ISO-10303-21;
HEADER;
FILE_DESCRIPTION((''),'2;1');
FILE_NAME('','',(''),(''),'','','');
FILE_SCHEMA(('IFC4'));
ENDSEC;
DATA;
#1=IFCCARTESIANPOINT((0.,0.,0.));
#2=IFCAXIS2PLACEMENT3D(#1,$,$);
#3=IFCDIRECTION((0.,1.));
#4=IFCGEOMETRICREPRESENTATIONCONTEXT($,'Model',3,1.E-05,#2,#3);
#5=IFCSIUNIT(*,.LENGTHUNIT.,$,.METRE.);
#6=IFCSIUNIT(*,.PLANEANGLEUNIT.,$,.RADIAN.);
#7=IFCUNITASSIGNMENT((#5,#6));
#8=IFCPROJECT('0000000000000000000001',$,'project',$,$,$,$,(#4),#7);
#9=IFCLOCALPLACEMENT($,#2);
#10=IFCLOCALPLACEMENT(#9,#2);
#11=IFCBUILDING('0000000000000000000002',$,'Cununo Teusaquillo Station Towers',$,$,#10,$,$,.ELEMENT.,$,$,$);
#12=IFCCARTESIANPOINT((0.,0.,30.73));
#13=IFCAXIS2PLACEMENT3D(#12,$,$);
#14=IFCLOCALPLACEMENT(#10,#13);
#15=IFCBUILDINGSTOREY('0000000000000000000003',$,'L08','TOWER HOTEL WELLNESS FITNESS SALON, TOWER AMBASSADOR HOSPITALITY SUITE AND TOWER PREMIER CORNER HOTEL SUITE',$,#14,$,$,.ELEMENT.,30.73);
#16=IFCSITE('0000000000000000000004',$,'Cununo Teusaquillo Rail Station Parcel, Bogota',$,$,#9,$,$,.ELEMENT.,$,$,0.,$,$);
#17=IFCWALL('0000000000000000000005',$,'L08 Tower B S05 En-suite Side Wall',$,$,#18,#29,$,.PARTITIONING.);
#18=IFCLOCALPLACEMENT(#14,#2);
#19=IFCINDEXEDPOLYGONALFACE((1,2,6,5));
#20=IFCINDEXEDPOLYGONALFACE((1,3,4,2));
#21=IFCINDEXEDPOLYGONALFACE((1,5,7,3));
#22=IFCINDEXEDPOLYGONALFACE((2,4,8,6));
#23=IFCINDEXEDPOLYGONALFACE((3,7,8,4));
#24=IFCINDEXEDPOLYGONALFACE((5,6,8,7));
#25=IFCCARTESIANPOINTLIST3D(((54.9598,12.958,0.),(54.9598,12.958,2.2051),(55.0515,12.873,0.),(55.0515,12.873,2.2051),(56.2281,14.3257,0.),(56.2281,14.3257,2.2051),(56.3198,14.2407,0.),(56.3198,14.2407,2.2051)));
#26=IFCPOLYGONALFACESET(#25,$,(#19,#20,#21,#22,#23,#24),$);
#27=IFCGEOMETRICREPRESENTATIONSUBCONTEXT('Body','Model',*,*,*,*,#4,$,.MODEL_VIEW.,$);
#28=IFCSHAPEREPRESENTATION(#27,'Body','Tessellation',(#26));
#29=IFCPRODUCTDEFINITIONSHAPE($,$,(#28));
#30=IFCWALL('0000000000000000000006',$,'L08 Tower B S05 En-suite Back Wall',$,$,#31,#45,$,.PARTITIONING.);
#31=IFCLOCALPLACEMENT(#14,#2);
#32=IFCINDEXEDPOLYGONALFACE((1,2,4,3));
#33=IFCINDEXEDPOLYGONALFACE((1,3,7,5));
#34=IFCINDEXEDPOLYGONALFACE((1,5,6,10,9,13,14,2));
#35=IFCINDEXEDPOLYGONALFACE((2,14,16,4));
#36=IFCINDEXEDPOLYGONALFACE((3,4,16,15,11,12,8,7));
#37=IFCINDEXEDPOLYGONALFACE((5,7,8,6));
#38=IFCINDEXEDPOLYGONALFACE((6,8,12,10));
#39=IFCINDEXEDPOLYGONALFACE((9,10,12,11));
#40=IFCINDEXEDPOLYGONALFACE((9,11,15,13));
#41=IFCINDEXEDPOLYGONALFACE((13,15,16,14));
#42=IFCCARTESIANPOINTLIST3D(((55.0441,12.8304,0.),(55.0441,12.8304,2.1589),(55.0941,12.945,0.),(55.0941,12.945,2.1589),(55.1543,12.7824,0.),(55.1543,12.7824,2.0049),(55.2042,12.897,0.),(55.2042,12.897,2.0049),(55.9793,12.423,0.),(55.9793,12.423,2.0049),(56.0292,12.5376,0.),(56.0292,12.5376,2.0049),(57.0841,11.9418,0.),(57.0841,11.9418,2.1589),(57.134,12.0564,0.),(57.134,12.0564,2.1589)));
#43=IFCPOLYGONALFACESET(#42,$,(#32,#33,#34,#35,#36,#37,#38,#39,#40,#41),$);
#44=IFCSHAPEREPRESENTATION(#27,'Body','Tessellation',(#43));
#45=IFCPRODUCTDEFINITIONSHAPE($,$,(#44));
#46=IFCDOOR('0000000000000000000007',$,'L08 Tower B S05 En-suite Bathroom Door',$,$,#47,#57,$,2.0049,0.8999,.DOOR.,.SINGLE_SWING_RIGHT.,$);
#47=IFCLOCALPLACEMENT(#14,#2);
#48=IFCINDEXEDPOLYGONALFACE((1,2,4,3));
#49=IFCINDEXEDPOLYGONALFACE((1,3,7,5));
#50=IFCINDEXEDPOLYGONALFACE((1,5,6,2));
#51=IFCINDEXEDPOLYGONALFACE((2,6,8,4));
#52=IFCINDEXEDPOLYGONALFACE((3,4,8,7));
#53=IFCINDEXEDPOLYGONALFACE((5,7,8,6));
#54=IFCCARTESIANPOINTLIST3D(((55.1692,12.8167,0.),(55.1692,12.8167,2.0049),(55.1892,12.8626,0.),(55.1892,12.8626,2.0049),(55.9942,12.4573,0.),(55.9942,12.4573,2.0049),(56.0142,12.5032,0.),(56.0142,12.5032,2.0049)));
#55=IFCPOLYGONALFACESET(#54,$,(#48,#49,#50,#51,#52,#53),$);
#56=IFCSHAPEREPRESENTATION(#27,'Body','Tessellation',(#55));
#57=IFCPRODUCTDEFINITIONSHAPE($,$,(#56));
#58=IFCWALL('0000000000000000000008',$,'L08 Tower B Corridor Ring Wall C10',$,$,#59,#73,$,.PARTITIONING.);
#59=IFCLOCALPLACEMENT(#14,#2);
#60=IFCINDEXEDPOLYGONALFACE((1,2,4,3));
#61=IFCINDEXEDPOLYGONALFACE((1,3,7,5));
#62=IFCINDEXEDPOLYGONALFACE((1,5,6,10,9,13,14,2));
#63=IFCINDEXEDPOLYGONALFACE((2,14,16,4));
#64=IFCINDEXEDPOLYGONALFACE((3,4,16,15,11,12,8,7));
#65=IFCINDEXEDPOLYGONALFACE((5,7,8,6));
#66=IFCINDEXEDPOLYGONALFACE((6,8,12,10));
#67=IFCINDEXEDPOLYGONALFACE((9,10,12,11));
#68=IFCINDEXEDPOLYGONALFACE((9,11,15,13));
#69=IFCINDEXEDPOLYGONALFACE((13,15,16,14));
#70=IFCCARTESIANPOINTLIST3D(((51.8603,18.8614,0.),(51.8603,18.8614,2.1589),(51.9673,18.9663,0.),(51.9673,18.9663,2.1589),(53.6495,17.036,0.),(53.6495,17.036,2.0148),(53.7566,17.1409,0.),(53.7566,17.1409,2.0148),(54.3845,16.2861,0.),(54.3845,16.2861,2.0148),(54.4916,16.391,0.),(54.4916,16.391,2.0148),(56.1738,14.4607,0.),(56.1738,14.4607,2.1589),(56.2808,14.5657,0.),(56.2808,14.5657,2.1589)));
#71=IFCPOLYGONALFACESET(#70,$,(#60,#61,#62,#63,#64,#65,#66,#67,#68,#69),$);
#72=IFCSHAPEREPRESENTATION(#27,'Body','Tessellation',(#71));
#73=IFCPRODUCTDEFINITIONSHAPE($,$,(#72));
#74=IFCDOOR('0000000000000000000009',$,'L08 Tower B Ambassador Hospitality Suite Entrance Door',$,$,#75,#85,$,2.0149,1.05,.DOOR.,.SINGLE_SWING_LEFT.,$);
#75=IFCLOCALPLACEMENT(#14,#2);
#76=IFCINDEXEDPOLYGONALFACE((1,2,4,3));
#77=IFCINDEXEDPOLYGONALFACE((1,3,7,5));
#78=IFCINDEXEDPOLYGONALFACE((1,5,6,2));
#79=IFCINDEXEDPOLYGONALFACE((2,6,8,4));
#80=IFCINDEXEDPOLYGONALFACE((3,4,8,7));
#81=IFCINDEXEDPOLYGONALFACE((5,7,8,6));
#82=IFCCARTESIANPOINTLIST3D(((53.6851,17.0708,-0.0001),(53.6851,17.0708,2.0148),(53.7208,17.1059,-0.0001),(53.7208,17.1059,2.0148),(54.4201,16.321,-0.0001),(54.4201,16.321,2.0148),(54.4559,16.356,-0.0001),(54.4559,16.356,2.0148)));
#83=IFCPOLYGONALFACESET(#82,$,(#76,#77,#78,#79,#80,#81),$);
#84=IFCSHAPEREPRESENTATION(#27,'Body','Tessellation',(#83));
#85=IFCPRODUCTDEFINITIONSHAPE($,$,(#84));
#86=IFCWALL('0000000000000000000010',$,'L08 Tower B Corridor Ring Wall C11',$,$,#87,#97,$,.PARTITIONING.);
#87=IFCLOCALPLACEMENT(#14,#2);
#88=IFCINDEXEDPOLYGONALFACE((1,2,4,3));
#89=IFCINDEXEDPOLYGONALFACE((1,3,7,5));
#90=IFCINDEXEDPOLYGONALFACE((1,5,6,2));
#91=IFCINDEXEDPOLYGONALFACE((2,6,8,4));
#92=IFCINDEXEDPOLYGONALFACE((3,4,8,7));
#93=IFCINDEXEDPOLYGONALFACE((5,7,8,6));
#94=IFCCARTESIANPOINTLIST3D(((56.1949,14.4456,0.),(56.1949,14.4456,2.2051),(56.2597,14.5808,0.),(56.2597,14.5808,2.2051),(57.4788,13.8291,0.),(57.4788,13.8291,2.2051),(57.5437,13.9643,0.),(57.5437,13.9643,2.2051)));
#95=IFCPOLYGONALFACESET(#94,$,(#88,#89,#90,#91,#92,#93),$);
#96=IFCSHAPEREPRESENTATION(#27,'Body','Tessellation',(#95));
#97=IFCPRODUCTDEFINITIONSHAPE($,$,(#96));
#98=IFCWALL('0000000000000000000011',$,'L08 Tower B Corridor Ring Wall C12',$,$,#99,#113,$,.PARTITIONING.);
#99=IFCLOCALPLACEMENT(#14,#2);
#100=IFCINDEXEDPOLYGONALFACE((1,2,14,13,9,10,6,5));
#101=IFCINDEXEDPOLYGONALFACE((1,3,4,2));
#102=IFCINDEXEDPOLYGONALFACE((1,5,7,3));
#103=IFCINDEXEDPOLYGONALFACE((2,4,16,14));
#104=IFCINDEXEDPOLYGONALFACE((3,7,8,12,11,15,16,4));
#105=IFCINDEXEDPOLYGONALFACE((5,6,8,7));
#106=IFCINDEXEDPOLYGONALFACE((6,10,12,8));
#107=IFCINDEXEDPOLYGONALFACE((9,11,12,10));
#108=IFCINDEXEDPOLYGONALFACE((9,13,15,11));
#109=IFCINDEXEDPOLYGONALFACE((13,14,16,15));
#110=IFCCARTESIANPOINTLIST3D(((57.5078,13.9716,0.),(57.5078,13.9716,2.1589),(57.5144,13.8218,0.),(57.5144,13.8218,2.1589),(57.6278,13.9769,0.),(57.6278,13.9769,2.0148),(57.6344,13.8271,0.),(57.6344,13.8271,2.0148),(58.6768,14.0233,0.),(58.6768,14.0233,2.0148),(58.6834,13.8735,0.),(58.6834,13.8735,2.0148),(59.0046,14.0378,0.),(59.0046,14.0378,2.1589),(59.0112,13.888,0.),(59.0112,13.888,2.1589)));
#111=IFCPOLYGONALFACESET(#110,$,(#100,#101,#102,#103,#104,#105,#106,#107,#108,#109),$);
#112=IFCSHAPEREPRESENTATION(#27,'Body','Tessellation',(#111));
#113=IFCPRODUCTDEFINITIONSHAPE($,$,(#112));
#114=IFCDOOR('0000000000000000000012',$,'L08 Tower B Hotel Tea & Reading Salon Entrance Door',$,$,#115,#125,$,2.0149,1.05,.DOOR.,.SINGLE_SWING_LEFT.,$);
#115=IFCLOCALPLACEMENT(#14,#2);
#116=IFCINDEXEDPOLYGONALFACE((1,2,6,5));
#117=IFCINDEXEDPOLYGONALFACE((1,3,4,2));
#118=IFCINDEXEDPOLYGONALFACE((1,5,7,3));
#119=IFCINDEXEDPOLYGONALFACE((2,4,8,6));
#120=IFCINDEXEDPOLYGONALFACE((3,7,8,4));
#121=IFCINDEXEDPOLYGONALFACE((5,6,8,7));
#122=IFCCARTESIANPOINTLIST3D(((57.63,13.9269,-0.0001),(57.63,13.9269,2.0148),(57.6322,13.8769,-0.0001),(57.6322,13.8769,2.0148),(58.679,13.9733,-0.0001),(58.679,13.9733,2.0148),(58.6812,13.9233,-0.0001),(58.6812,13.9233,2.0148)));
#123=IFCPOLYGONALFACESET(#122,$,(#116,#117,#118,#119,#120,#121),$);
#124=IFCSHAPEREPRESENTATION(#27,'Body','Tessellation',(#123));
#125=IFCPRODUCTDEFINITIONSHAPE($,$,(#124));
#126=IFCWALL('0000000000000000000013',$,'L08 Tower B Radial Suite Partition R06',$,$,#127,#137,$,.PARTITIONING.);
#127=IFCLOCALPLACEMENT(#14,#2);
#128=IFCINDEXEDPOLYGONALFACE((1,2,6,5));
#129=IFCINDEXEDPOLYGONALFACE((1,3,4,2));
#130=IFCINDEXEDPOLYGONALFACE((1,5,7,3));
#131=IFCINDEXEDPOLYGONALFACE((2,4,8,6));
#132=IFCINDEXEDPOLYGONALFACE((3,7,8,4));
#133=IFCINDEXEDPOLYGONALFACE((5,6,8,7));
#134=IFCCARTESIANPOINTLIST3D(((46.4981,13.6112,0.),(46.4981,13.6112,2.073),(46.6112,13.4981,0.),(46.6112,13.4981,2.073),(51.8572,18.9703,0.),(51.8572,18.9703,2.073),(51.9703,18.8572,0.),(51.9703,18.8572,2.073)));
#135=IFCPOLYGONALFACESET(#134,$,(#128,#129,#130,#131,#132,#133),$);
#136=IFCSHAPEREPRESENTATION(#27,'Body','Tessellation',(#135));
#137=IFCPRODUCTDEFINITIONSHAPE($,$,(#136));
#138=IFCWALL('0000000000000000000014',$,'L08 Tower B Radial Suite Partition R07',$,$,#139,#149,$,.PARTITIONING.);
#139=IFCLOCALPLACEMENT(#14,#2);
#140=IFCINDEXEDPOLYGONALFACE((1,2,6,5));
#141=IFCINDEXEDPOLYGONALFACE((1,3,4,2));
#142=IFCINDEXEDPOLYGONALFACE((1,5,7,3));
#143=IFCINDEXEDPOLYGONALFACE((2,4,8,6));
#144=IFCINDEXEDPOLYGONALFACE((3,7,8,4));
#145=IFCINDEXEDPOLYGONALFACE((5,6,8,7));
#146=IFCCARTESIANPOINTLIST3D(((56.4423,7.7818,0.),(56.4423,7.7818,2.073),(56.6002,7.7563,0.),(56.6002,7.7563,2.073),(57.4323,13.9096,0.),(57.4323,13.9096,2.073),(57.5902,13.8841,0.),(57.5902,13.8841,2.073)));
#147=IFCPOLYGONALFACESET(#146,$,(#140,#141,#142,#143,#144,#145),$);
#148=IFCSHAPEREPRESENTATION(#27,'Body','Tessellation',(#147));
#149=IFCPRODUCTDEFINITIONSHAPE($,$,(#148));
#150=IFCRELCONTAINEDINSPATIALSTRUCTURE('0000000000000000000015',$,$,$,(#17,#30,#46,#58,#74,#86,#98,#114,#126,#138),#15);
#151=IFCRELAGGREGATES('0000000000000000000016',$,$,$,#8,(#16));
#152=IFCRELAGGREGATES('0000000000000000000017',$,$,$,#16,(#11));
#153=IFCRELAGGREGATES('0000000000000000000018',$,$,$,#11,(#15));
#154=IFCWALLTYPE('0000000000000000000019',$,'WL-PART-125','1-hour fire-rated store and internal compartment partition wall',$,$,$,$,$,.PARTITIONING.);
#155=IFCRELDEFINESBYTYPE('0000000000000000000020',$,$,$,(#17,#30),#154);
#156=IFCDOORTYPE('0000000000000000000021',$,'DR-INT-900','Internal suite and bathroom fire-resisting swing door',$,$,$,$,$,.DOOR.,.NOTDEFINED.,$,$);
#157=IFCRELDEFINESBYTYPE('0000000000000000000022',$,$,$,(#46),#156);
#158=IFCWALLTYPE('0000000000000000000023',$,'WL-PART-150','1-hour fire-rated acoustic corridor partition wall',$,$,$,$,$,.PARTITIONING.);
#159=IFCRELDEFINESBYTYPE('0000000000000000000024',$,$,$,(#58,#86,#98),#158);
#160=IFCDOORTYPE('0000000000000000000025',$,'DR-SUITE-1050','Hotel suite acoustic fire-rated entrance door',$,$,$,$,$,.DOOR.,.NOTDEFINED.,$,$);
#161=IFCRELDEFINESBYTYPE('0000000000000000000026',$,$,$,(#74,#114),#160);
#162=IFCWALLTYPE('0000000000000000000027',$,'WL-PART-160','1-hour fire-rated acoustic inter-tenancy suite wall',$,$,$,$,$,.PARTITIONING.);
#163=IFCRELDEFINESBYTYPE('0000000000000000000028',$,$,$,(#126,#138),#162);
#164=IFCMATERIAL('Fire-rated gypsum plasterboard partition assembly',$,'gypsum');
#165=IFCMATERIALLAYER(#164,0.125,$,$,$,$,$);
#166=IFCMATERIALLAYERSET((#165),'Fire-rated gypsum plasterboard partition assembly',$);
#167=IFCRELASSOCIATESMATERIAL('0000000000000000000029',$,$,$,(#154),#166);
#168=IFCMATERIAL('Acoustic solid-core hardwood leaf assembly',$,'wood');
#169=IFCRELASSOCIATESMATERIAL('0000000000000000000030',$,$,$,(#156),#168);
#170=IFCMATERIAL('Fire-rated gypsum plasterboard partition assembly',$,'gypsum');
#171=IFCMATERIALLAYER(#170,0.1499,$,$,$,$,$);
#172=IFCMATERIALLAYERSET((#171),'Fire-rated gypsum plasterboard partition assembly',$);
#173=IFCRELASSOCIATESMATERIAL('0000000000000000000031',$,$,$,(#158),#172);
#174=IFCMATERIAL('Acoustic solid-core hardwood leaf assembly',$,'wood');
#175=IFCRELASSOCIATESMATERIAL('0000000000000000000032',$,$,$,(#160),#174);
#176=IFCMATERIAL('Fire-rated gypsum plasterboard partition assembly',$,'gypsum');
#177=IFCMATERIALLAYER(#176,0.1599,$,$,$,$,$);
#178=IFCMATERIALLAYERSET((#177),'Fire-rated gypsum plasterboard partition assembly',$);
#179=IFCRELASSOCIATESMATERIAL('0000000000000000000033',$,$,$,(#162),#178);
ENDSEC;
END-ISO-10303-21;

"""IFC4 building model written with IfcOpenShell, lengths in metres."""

from ifc_helpers import new_model, si_unit, direction, frame, frame_2d, origin, place, context, subcontext, project, spatial, rectangle, extrude, source, transform, mapped, material, layer, layer_set, type_object, element, fill, save


model = new_model("IFC4")

# Units and contexts
model_context = context("Model", 3, precision=1e-05, world=origin(), true_north=direction((0.0, 1.0)))
body_context = subcontext(model_context, "Body", "Model", "MODEL_VIEW")
ifc_project = project(units=[si_unit("LENGTHUNIT", "METRE"), si_unit("PLANEANGLEUNIT", "RADIAN")], contexts=[model_context])

# Site, building, storey
site_placement = place(None, origin())
site = spatial("IfcSite", under=ifc_project, at=site_placement, Name="Cununo Teusaquillo Rail Station Parcel, Bogota", CompositionType="ELEMENT", RefElevation=0.0)
building_placement = place(site_placement, origin())
building = spatial("IfcBuilding", under=site, at=building_placement, Name="Cununo Teusaquillo Station Towers", CompositionType="ELEMENT")
storey_placement = place(building_placement, frame((0.0, 0.0, 30.73)))
storey = spatial("IfcBuildingStorey", under=building, at=storey_placement, Name="L08", Description="TOWER HOTEL WELLNESS FITNESS SALON, TOWER AMBASSADOR HOSPITALITY SUITE AND TOWER PREMIER CORNER HOTEL SUITE", CompositionType="ELEMENT", Elevation=30.73)

# Wall
ifc_material_1 = material(Name="Fire-rated gypsum plasterboard partition assembly", Category="gypsum")
ifc_layer_1 = layer(ifc_material_1, 0.125)
ifc_layer_set_1 = layer_set([ifc_layer_1], Name="Fire-rated gypsum plasterboard partition assembly")
wall_type_1 = type_object("IfcWallType", Name="WL-PART-125", Description="1-hour fire-rated store and internal compartment partition wall", PredefinedType="PARTITIONING", material=ifc_layer_set_1)
wall_1_placement = place(storey_placement, frame((56.2739, 14.2832, 0.0), z_axis=(0.0, 0.0, 1.0), x_axis=(-0.679969, -0.733241, 0.0)))
element("IfcWall", 1, at=wall_1_placement, inside=storey, type_object=wall_type_1, Name="L08 Tower B S05 En-suite Side Wall", PredefinedType="PARTITIONING", context=body_context, shape_type="SweptSolid", body=[
    extrude(rectangle(XDim=1.8652, YDim=0.125, at=frame_2d((0.9326, 0.0))), origin(), (0.0, 0.0, 1.0), 2.2051),
])

# Walls, openings, doors
wall_2_placement = place(storey_placement, frame((55.0691, 12.8877, 0.0), z_axis=(0.0, 0.0, 1.0), x_axis=(0.916791, -0.399368, 0.0)))
wall_2 = element("IfcWall", 2, at=wall_2_placement, inside=storey, type_object=wall_type_1, Name="L08 Tower B S05 En-suite Back Wall", PredefinedType="PARTITIONING", context=body_context, shape_type="SweptSolid", body=[
    extrude(rectangle(XDim=2.2251, YDim=0.125, at=frame_2d((1.1125, 0.0))), origin(), (0.0, 0.0, 1.0), 2.1589),
])
shared_shape_1 = source(origin(), body_context, "Body", "SweptSolid", [
    extrude(rectangle(XDim=0.8999, YDim=2.0049, at=frame_2d((0.45, 1.0024))), frame((0.0, 0.0725, 0.0), z_axis=(0.0, -1.0, 0.0), x_axis=(1.0, 0.0, 0.0)), (0.0, 0.0, 1.0), 0.145),
])
opening_1_placement = place(wall_2_placement, frame((0.1201, 0.0, 0.0)))
opening_1 = element("IfcOpeningElement", 3, at=opening_1_placement, cuts=wall_2, PredefinedType="OPENING", context=body_context, shape_type="MappedRepresentation", body=[
    mapped(shared_shape_1, transform((0.0, 0.0, 0.0), x_axis=(1.0, 0.0, 0.0), y_axis=(0.0, 1.0, 0.0), z_axis=(0.0, 0.0, 1.0), scale=1.0)),
])
ifc_material_2 = material(Name="Acoustic solid-core hardwood leaf assembly", Category="wood")
door_type_1 = type_object("IfcDoorType", Name="DR-INT-900", Description="Internal suite and bathroom fire-resisting swing door", OperationType="NOTDEFINED", PredefinedType="DOOR", material=ifc_material_2)
shared_shape_2 = source(origin(), body_context, "Body", "SweptSolid", [
    extrude(rectangle(XDim=0.8999, YDim=2.0049, at=frame_2d((0.45, 1.0024))), frame((0.0, 0.0249, 0.0), z_axis=(0.0, -1.0, 0.0), x_axis=(1.0, 0.0, 0.0)), (0.0, 0.0, 1.0), 0.05),
])
door_1_placement = place(opening_1_placement, origin())
door_1 = element("IfcDoor", 4, at=door_1_placement, inside=storey, type_object=door_type_1, Name="L08 Tower B S05 En-suite Bathroom Door", OperationType="SINGLE_SWING_RIGHT", OverallHeight=2.0049, OverallWidth=0.8999, PredefinedType="DOOR", context=body_context, shape_type="MappedRepresentation", body=[
    mapped(shared_shape_2, transform((0.0, 0.0, 0.0), x_axis=(1.0, 0.0, 0.0), y_axis=(0.0, 1.0, 0.0), z_axis=(0.0, 0.0, 1.0), scale=1.0)),
])
fill(opening_1, door_1)
ifc_material_3 = material(Name="Fire-rated gypsum plasterboard partition assembly", Category="gypsum")
ifc_layer_2 = layer(ifc_material_3, 0.1499)
ifc_layer_set_2 = layer_set([ifc_layer_2], Name="Fire-rated gypsum plasterboard partition assembly")
wall_type_2 = type_object("IfcWallType", Name="WL-PART-150", Description="1-hour fire-rated acoustic corridor partition wall", PredefinedType="PARTITIONING", material=ifc_layer_set_2)
wall_3_placement = place(storey_placement, frame((51.9138, 18.9138, 0.0), z_axis=(0.0, 0.0, 1.0), x_axis=(0.699999, -0.714144, 0.0)))
wall_3 = element("IfcWall", 5, at=wall_3_placement, inside=storey, type_object=wall_type_2, Name="L08 Tower B Corridor Ring Wall C10", PredefinedType="PARTITIONING", context=body_context, shape_type="SweptSolid", body=[
    extrude(rectangle(XDim=6.1621, YDim=0.1499, at=frame_2d((3.0811, 0.0))), origin(), (0.0, 0.0, 1.0), 2.1589),
])
shared_shape_3 = source(origin(), body_context, "Body", "SweptSolid", [
    extrude(rectangle(XDim=1.05, YDim=2.0149, at=frame_2d((0.5249, 1.0073))), frame((0.0, 0.085, 0.0), z_axis=(0.0, -1.0, 0.0), x_axis=(1.0, 0.0, 0.0)), (0.0, 0.0, 1.0), 0.1699),
])
opening_2_placement = place(wall_3_placement, frame((2.5562, 0.0, 0.0)))
opening_2 = element("IfcOpeningElement", 6, at=opening_2_placement, cuts=wall_3, PredefinedType="OPENING", context=body_context, shape_type="MappedRepresentation", body=[
    mapped(shared_shape_3, transform((0.0, 0.0, 0.0), x_axis=(1.0, 0.0, 0.0), y_axis=(0.0, 1.0, 0.0), z_axis=(0.0, 0.0, 1.0), scale=1.0)),
])
ifc_material_4 = material(Name="Acoustic solid-core hardwood leaf assembly", Category="wood")
door_type_2 = type_object("IfcDoorType", Name="DR-SUITE-1050", Description="Hotel suite acoustic fire-rated entrance door", OperationType="NOTDEFINED", PredefinedType="DOOR", material=ifc_material_4)
shared_shape_4 = source(origin(), body_context, "Body", "SweptSolid", [
    extrude(rectangle(XDim=1.05, YDim=2.0149, at=frame_2d((0.5249, 1.0073))), frame((0.0, 0.0249, 0.0), z_axis=(0.0, -1.0, 0.0), x_axis=(1.0, 0.0, 0.0)), (0.0, 0.0, 1.0), 0.05),
])
door_2_placement = place(opening_2_placement, origin())
door_2 = element("IfcDoor", 7, at=door_2_placement, inside=storey, type_object=door_type_2, Name="L08 Tower B Ambassador Hospitality Suite Entrance Door", OperationType="SINGLE_SWING_LEFT", OverallHeight=2.0149, OverallWidth=1.05, PredefinedType="DOOR", context=body_context, shape_type="MappedRepresentation", body=[
    mapped(shared_shape_4, transform((0.0, 0.0, 0.0), x_axis=(1.0, 0.0, 0.0), y_axis=(0.0, 1.0, 0.0), z_axis=(0.0, 0.0, 1.0), scale=1.0)),
])
fill(opening_2, door_2)

# Wall
wall_4_placement = place(storey_placement, frame((56.2273, 14.5132, 0.0), z_axis=(0.0, 0.0, 1.0), x_axis=(0.901478, -0.432826, 0.0)))
element("IfcWall", 8, at=wall_4_placement, inside=storey, type_object=wall_type_2, Name="L08 Tower B Corridor Ring Wall C11", PredefinedType="PARTITIONING", context=body_context, shape_type="SweptSolid", body=[
    extrude(rectangle(XDim=1.4243, YDim=0.1499, at=frame_2d((0.7122, 0.0))), origin(), (0.0, 0.0, 1.0), 2.2051),
])

# Wall, opening, door
wall_5_placement = place(storey_placement, frame((57.5112, 13.8967, 0.0), z_axis=(0.0, 0.0, 1.0), x_axis=(0.999025, 0.044158, 0.0)))
wall_5 = element("IfcWall", 9, at=wall_5_placement, inside=storey, type_object=wall_type_2, Name="L08 Tower B Corridor Ring Wall C12", PredefinedType="PARTITIONING", context=body_context, shape_type="SweptSolid", body=[
    extrude(rectangle(XDim=1.4983, YDim=0.1499, at=frame_2d((0.749, 0.0))), origin(), (0.0, 0.0, 1.0), 2.1589),
])
opening_3_placement = place(wall_5_placement, frame((0.1201, 0.0, 0.0)))
opening_3 = element("IfcOpeningElement", 10, at=opening_3_placement, cuts=wall_5, PredefinedType="OPENING", context=body_context, shape_type="MappedRepresentation", body=[
    mapped(shared_shape_3, transform((0.0, 0.0, 0.0), x_axis=(1.0, 0.0, 0.0), y_axis=(0.0, 1.0, 0.0), z_axis=(0.0, 0.0, 1.0), scale=1.0)),
])
door_3_placement = place(opening_3_placement, origin())
door_3 = element("IfcDoor", 11, at=door_3_placement, inside=storey, type_object=door_type_2, Name="L08 Tower B Hotel Tea & Reading Salon Entrance Door", OperationType="SINGLE_SWING_LEFT", OverallHeight=2.0149, OverallWidth=1.05, PredefinedType="DOOR", context=body_context, shape_type="MappedRepresentation", body=[
    mapped(shared_shape_4, transform((0.0, 0.0, 0.0), x_axis=(1.0, 0.0, 0.0), y_axis=(0.0, 1.0, 0.0), z_axis=(0.0, 0.0, 1.0), scale=1.0)),
])
fill(opening_3, door_3)

# Walls
ifc_material_5 = material(Name="Fire-rated gypsum plasterboard partition assembly", Category="gypsum")
ifc_layer_3 = layer(ifc_material_5, 0.1599)
ifc_layer_set_3 = layer_set([ifc_layer_3], Name="Fire-rated gypsum plasterboard partition assembly")
wall_type_3 = type_object("IfcWallType", Name="WL-PART-160", Description="1-hour fire-rated acoustic inter-tenancy suite wall", PredefinedType="PARTITIONING", material=ifc_layer_set_3)
wall_6_placement = place(storey_placement, frame((51.9138, 18.9138, 0.0), z_axis=(0.0, 0.0, 1.0), x_axis=(-0.707107, -0.707107, 0.0)))
element("IfcWall", 12, at=wall_6_placement, inside=storey, type_object=wall_type_3, Name="L08 Tower B Radial Suite Partition R06", PredefinedType="PARTITIONING", context=body_context, shape_type="SweptSolid", body=[
    extrude(rectangle(XDim=7.5789, YDim=0.1599, at=frame_2d((3.7896, 0.0))), origin(), (0.0, 0.0, 1.0), 2.073),
])
wall_7_placement = place(storey_placement, frame((57.5112, 13.8967, 0.0), z_axis=(0.0, 0.0, 1.0), x_axis=(-0.159486, -0.9872, 0.0)))
element("IfcWall", 13, at=wall_7_placement, inside=storey, type_object=wall_type_3, Name="L08 Tower B Radial Suite Partition R07", PredefinedType="PARTITIONING", context=body_context, shape_type="SweptSolid", body=[
    extrude(rectangle(XDim=6.2073, YDim=0.1599, at=frame_2d((3.1035, 0.0))), origin(), (0.0, 0.0, 1.0), 2.073),
])

save(model, "model.ifc")
